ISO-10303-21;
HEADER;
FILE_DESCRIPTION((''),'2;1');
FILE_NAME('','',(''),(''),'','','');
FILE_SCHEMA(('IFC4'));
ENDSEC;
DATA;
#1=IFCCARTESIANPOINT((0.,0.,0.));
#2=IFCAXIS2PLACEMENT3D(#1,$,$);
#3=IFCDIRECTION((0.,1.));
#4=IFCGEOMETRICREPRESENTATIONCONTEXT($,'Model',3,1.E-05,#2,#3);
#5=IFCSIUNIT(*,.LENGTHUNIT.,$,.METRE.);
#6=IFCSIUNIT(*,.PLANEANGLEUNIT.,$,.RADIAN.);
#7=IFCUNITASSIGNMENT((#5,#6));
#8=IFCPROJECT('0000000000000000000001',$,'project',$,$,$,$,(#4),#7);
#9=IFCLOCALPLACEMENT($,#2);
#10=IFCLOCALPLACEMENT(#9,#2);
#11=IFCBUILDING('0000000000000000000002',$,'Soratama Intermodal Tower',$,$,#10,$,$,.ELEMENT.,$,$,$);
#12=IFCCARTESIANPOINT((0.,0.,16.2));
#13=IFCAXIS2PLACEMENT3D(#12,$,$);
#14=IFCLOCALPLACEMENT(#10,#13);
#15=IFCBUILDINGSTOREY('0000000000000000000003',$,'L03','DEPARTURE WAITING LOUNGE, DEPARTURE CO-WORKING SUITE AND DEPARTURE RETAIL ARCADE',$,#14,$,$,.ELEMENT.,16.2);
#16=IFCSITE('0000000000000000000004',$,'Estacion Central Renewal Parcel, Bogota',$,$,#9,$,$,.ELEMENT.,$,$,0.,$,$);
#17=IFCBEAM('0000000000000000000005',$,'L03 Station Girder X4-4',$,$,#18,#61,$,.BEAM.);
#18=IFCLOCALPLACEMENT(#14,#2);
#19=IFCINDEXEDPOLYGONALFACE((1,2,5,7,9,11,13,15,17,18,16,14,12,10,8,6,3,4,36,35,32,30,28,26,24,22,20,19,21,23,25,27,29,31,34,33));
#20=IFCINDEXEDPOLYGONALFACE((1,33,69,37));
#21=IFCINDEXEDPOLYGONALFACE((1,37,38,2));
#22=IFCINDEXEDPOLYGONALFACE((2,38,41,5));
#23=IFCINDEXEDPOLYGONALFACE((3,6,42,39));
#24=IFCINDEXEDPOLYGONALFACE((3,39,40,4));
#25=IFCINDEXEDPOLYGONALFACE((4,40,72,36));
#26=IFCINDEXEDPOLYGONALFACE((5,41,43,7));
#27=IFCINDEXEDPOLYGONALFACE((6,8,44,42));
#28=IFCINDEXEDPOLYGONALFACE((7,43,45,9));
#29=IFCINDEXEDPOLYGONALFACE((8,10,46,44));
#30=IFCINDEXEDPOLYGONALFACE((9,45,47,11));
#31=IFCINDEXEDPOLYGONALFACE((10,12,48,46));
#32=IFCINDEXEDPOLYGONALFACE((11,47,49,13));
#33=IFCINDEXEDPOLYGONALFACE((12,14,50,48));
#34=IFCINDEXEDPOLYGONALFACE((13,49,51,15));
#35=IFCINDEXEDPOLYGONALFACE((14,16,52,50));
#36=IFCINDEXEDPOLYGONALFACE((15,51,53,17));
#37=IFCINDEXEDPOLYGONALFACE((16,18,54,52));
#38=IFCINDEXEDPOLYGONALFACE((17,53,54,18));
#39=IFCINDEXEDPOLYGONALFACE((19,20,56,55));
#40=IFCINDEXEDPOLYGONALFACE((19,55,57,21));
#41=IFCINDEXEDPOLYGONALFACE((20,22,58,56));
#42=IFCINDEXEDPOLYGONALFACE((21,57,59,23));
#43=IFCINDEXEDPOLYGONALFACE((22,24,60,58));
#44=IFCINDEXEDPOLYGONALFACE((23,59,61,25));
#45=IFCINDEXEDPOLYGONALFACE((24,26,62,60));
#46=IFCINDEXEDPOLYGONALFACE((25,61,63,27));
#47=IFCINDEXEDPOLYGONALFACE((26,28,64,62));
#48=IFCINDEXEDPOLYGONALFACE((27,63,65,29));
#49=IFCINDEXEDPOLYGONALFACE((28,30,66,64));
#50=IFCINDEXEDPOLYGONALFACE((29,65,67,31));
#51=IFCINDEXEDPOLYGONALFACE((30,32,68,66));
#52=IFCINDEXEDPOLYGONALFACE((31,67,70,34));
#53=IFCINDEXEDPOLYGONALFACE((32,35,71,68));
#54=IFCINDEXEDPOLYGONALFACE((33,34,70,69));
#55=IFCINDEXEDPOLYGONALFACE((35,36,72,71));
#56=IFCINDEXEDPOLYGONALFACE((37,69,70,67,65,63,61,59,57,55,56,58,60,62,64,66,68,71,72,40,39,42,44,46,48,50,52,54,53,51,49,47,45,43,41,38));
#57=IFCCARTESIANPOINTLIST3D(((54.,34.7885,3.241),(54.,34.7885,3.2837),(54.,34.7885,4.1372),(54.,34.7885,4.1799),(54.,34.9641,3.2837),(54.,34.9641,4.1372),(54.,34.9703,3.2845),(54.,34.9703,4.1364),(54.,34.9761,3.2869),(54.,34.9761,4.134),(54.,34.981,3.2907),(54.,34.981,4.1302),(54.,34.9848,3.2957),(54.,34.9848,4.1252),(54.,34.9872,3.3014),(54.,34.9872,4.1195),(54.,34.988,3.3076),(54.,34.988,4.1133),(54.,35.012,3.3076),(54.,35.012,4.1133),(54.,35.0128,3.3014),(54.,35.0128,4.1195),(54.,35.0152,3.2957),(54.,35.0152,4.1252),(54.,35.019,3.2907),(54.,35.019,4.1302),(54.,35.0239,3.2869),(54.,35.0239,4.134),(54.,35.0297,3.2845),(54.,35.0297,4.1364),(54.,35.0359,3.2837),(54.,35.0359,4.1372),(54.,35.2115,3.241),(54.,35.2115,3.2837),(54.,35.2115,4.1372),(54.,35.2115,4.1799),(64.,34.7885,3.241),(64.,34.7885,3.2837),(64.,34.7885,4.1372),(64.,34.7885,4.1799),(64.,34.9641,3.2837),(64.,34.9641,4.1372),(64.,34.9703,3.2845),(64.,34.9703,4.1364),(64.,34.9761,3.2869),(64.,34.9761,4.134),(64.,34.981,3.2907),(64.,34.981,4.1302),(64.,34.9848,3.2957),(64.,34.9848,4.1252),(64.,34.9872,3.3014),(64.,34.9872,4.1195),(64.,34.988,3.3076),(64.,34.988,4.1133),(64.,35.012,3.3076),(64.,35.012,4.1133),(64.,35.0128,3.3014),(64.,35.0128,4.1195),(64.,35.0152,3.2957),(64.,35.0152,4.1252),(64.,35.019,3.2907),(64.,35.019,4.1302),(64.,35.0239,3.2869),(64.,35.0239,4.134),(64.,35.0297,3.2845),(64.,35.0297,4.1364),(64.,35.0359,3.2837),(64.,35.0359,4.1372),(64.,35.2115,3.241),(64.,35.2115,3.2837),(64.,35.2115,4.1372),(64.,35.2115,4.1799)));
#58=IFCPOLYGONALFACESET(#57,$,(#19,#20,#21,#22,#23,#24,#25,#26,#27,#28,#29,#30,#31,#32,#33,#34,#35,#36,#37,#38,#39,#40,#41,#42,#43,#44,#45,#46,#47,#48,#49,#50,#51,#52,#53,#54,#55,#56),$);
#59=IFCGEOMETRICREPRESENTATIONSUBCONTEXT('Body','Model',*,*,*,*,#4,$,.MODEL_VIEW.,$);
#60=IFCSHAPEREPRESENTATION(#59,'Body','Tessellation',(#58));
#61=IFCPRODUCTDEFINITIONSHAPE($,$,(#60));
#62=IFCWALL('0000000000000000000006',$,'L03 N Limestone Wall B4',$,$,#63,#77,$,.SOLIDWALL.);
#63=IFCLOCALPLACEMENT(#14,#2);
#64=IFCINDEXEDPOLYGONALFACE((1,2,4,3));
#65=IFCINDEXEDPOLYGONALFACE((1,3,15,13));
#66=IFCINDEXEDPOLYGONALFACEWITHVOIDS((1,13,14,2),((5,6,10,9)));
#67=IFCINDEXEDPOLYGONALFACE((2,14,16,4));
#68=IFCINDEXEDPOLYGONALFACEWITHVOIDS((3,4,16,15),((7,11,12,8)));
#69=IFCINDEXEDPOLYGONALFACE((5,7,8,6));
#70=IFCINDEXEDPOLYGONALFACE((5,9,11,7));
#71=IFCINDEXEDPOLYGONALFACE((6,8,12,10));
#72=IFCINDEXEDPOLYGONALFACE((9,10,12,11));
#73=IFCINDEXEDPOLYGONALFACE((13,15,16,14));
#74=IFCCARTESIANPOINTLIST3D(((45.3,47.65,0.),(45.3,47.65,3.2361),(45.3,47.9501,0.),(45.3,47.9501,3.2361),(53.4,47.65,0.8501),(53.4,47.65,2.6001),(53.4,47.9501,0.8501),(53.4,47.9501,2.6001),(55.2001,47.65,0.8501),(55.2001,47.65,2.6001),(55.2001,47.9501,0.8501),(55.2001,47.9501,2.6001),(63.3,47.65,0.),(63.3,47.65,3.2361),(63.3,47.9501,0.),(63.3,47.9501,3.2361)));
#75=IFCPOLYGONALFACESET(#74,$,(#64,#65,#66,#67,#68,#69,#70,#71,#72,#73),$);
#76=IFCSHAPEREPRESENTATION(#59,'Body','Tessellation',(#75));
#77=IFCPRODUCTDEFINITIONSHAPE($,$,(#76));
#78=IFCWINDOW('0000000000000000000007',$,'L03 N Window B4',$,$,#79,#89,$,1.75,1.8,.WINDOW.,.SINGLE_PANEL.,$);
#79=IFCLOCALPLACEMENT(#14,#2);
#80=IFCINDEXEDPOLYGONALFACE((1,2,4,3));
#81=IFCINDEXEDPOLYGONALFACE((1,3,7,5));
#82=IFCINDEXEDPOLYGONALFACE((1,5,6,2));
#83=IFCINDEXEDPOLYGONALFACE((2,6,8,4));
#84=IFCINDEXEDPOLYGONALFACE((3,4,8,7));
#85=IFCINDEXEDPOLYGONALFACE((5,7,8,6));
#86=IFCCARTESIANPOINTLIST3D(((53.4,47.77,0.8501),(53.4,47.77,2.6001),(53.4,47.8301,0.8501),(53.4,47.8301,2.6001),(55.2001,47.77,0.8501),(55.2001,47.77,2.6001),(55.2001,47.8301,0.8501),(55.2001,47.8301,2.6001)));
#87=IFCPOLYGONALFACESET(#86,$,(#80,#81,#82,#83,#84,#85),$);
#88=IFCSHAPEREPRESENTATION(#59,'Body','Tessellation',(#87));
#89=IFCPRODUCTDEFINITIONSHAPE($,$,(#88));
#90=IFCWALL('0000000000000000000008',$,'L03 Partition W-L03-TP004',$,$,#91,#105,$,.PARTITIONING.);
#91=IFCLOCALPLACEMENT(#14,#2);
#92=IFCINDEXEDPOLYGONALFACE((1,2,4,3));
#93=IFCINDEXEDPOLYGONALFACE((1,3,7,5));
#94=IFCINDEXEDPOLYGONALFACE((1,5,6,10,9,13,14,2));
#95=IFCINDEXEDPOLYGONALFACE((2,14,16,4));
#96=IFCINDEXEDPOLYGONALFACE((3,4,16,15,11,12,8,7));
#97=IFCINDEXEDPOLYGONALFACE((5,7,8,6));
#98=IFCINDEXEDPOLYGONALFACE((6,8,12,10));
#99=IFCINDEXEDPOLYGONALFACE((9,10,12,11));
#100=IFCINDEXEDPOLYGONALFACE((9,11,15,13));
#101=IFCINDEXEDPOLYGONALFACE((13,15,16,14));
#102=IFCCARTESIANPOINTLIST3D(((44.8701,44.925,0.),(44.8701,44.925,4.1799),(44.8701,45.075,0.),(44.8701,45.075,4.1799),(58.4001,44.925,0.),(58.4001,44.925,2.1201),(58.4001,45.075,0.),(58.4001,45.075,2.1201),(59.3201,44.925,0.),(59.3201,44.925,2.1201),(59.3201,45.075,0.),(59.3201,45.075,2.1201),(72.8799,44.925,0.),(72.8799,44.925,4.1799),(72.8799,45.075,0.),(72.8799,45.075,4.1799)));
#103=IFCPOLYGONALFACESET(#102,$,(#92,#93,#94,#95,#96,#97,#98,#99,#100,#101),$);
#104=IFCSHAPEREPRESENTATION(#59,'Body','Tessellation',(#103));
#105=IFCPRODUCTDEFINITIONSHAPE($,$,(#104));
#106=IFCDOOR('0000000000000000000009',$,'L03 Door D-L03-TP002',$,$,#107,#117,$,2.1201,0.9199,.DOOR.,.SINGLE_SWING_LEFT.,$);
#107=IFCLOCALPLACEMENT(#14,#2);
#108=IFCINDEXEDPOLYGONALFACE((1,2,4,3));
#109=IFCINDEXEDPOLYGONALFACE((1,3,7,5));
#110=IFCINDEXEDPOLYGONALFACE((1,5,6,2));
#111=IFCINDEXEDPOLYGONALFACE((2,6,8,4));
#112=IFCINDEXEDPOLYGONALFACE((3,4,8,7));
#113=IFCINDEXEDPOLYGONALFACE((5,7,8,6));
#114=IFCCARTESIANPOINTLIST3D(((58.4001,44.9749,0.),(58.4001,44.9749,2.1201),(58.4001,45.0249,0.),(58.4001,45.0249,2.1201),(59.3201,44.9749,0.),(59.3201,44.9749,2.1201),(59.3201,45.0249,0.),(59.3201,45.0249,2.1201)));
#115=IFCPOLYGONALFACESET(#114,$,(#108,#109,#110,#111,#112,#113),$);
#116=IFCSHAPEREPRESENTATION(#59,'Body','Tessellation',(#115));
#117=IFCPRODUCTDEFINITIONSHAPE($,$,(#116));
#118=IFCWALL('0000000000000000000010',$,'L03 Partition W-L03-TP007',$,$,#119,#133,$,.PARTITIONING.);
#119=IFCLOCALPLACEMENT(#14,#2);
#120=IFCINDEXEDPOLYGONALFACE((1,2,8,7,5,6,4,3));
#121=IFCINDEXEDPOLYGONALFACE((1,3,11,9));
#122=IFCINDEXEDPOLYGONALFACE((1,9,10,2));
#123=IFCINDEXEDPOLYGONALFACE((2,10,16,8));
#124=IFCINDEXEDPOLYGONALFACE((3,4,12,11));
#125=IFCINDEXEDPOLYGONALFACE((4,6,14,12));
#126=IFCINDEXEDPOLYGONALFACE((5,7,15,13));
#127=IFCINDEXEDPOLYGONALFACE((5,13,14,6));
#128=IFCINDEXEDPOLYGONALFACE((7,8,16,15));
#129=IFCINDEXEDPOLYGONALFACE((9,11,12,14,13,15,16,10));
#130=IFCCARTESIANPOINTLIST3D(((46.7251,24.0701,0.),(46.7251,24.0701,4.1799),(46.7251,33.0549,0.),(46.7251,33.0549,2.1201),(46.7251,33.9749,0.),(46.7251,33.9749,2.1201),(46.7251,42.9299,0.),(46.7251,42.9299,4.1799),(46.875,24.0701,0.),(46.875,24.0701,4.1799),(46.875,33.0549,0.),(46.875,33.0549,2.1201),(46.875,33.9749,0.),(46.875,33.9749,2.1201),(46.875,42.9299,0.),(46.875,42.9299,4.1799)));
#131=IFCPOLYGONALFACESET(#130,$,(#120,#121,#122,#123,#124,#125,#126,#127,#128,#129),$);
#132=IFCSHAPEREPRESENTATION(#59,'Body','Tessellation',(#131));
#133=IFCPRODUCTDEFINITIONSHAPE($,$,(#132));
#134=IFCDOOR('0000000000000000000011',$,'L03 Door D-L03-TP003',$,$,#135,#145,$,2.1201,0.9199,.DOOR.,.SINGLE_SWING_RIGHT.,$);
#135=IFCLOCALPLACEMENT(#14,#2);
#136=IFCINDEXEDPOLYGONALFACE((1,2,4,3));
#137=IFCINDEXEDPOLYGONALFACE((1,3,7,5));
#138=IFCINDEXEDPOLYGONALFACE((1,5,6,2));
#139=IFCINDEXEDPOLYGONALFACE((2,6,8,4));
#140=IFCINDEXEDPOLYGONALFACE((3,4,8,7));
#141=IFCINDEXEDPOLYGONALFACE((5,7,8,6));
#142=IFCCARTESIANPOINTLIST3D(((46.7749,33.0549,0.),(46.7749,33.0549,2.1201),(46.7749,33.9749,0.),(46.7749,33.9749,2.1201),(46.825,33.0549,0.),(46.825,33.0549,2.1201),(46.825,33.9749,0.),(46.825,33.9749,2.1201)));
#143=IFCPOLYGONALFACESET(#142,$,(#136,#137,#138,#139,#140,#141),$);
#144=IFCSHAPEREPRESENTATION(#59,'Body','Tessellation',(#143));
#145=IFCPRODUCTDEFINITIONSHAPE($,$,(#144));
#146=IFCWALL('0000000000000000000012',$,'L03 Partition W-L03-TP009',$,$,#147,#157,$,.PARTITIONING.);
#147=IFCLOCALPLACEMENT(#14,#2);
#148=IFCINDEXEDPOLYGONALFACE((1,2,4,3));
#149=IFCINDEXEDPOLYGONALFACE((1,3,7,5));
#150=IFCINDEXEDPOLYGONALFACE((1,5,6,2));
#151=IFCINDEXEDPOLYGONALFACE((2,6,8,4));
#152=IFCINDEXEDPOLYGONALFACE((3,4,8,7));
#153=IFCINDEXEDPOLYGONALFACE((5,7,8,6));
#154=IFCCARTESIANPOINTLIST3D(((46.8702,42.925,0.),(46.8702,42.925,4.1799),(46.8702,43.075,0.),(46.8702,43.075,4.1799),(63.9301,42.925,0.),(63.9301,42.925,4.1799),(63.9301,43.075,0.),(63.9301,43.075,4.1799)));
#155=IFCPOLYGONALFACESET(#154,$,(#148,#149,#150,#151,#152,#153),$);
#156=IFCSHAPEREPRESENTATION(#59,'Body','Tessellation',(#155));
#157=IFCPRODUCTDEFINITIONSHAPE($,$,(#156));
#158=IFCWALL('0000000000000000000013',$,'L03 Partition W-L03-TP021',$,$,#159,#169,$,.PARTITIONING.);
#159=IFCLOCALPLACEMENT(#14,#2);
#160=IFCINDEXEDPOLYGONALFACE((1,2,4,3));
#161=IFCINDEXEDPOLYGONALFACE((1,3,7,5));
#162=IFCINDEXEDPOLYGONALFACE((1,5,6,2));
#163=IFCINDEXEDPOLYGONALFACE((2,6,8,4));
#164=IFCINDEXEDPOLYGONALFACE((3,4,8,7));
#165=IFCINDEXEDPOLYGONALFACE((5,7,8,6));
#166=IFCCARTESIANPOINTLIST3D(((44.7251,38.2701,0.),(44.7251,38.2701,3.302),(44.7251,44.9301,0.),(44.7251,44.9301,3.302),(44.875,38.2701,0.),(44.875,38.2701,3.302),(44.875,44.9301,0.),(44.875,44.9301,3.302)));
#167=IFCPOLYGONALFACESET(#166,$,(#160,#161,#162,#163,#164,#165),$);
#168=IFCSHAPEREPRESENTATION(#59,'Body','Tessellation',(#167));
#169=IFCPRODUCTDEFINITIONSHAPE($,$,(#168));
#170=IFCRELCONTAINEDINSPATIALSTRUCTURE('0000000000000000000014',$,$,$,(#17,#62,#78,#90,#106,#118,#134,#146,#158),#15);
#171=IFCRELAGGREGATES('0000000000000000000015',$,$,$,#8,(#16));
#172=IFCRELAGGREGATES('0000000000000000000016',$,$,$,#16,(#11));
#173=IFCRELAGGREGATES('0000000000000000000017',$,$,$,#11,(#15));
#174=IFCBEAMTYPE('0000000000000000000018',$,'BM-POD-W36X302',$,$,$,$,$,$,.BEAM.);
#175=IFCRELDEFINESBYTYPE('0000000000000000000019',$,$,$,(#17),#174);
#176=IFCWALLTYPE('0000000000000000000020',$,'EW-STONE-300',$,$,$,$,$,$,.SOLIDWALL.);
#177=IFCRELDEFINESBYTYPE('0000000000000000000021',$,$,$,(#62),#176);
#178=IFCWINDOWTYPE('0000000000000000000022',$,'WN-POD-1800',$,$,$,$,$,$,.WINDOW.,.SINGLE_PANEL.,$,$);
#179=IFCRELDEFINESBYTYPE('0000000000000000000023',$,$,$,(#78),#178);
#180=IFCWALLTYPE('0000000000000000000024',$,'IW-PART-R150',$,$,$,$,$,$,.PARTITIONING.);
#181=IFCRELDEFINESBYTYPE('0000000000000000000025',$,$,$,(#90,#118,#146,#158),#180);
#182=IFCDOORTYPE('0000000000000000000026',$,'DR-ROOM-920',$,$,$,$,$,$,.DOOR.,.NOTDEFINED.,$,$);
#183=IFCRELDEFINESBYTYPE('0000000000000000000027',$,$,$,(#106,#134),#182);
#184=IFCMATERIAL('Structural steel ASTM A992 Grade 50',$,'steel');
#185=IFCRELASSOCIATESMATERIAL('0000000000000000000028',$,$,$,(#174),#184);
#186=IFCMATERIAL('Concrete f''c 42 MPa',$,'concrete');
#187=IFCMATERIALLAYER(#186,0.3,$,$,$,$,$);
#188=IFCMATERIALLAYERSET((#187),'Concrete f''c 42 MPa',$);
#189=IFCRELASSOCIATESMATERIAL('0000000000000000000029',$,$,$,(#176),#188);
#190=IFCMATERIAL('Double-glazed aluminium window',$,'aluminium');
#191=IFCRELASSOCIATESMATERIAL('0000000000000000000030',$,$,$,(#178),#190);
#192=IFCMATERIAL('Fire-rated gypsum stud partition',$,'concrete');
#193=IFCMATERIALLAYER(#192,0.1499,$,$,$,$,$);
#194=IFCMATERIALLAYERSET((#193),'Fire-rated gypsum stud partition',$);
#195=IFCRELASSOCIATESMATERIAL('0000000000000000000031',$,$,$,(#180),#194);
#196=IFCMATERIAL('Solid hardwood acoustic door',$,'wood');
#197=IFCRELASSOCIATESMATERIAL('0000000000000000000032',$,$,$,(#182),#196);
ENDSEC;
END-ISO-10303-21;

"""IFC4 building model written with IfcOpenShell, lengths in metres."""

from ifc_helpers import new_model, si_unit, direction, frame, frame_2d, origin, origin_2d, place, context, subcontext, project, spatial, rectangle, i_section, extrude, material, layer, layer_set, material_profile, profile_set, type_object, element, fill, save


model = new_model("IFC4")

# Units and contexts
model_context = context("Model", 3, precision=1e-05, world=origin(), true_north=direction((0.0, 1.0)))
body_context = subcontext(model_context, "Body", "Model", "MODEL_VIEW")
ifc_project = project(units=[si_unit("LENGTHUNIT", "METRE"), si_unit("PLANEANGLEUNIT", "RADIAN")], contexts=[model_context])

# Site, building, storey
site_placement = place(None, origin())
site = spatial("IfcSite", under=ifc_project, at=site_placement, Name="Estacion Central Renewal Parcel, Bogota", CompositionType="ELEMENT", RefElevation=0.0)
building_placement = place(site_placement, origin())
building = spatial("IfcBuilding", under=site, at=building_placement, Name="Soratama Intermodal Tower", CompositionType="ELEMENT")
storey_placement = place(building_placement, frame((0.0, 0.0, 16.2)))
storey = spatial("IfcBuildingStorey", under=building, at=storey_placement, Name="L03", Description="DEPARTURE WAITING LOUNGE, DEPARTURE CO-WORKING SUITE AND DEPARTURE RETAIL ARCADE", CompositionType="ELEMENT", Elevation=16.2)

# Beam
ifc_material_1 = material(Name="Structural steel ASTM A992 Grade 50", Category="steel")
ifc_material_profile_1 = material_profile(ifc_material_1, i_section(OverallWidth=0.4231, OverallDepth=0.939, WebThickness=0.0239, FlangeThickness=0.0427, FilletRadius=0.0239, at=origin_2d()), Name="W36X302")
ifc_profile_set_1 = profile_set([ifc_material_profile_1], Name="Structural steel ASTM A992 Grade 50")
beam_type_1 = type_object("IfcBeamType", Name="BM-POD-W36X302", PredefinedType="BEAM", material=ifc_profile_set_1)
beam_1_placement = place(storey_placement, frame((54.0, 35.0, 3.7104), z_axis=(1.0, 0.0, 0.0), x_axis=(0.0, 1.0, 0.0)))
element("IfcBeam", 1, at=beam_1_placement, inside=storey, type_object=beam_type_1, Name="L03 Station Girder X4-4", PredefinedType="BEAM", context=body_context, shape_type="SweptSolid", body=[
    extrude(i_section(OverallWidth=0.4231, OverallDepth=0.939, WebThickness=0.0239, FlangeThickness=0.0427, FilletRadius=0.0239, at=origin_2d()), origin(), (0.0, 0.0, 1.0), 10.0),
])

# Wall, opening, window
ifc_material_2 = material(Name="Concrete f'c 42 MPa", Category="concrete")
ifc_layer_1 = layer(ifc_material_2, 0.3)
ifc_layer_set_1 = layer_set([ifc_layer_1], Name="Concrete f'c 42 MPa")
wall_type_1 = type_object("IfcWallType", Name="EW-STONE-300", PredefinedType="SOLIDWALL", material=ifc_layer_set_1)
wall_1_placement = place(storey_placement, frame((45.3, 47.8, 0.0), z_axis=(0.0, 0.0, 1.0), x_axis=(1.0, 0.0, 0.0)))
wall_1 = element("IfcWall", 2, at=wall_1_placement, inside=storey, type_object=wall_type_1, Name="L03 N Limestone Wall B4", PredefinedType="SOLIDWALL", context=body_context, shape_type="SweptSolid", body=[
    extrude(rectangle(XDim=18.0, YDim=0.3, at=frame_2d((9.0, 0.0))), origin(), (0.0, 0.0, 1.0), 3.2361),
])
opening_1_placement = place(wall_1_placement, frame((8.1001, 0.0, 0.8501)))
opening_1 = element("IfcOpeningElement", 3, at=opening_1_placement, cuts=wall_1, PredefinedType="OPENING", context=body_context, shape_type="SweptSolid", body=[
    extrude(rectangle(XDim=1.8, YDim=1.75, at=frame_2d((0.8999, 0.875))), frame((0.0, 0.1599, 0.0), z_axis=(0.0, -1.0, 0.0), x_axis=(1.0, 0.0, 0.0)), (0.0, 0.0, 1.0), 0.3201),
])
ifc_material_3 = material(Name="Double-glazed aluminium window", Category="aluminium")
window_type = type_object("IfcWindowType", Name="WN-POD-1800", PartitioningType="SINGLE_PANEL", PredefinedType="WINDOW", material=ifc_material_3)
window_placement = place(opening_1_placement, origin())
window = element("IfcWindow", 4, at=window_placement, inside=storey, type_object=window_type, Name="L03 N Window B4", OverallHeight=1.75, OverallWidth=1.8, PartitioningType="SINGLE_PANEL", PredefinedType="WINDOW", context=body_context, shape_type="SweptSolid", body=[
    extrude(rectangle(XDim=1.8, YDim=1.75, at=frame_2d((0.8999, 0.875))), frame((0.0, 0.03, 0.0), z_axis=(0.0, -1.0, 0.0), x_axis=(1.0, 0.0, 0.0)), (0.0, 0.0, 1.0), 0.0601),
])
fill(opening_1, window)

# Walls, openings, doors
ifc_material_4 = material(Name="Fire-rated gypsum stud partition", Category="concrete")
ifc_layer_2 = layer(ifc_material_4, 0.1499)
ifc_layer_set_2 = layer_set([ifc_layer_2], Name="Fire-rated gypsum stud partition")
wall_type_2 = type_object("IfcWallType", Name="IW-PART-R150", PredefinedType="PARTITIONING", material=ifc_layer_set_2)
wall_2_placement = place(storey_placement, frame((44.8701, 45.0, 0.0), z_axis=(0.0, 0.0, 1.0), x_axis=(1.0, 0.0, 0.0)))
wall_2 = element("IfcWall", 5, at=wall_2_placement, inside=storey, type_object=wall_type_2, Name="L03 Partition W-L03-TP004", PredefinedType="PARTITIONING", context=body_context, shape_type="SweptSolid", body=[
    extrude(rectangle(XDim=28.0098, YDim=0.1499, at=frame_2d((14.0049, 0.0))), origin(), (0.0, 0.0, 1.0), 4.1799),
])
opening_2_placement = place(wall_2_placement, frame((13.53, 0.0, 0.0)))
opening_2 = element("IfcOpeningElement", 6, at=opening_2_placement, cuts=wall_2, PredefinedType="OPENING", context=body_context, shape_type="SweptSolid", body=[
    extrude(rectangle(XDim=0.9199, YDim=2.1201, at=frame_2d((0.46, 1.0601))), frame((0.0, 0.085, 0.0), z_axis=(0.0, -1.0, 0.0), x_axis=(1.0, 0.0, 0.0)), (0.0, 0.0, 1.0), 0.1699),
])
ifc_material_5 = material(Name="Solid hardwood acoustic door", Category="wood")
door_type = type_object("IfcDoorType", Name="DR-ROOM-920", OperationType="NOTDEFINED", PredefinedType="DOOR", material=ifc_material_5)
door_1_placement = place(opening_2_placement, origin())
door_1 = element("IfcDoor", 7, at=door_1_placement, inside=storey, type_object=door_type, Name="L03 Door D-L03-TP002", OperationType="SINGLE_SWING_LEFT", OverallHeight=2.1201, OverallWidth=0.9199, PredefinedType="DOOR", context=body_context, shape_type="SweptSolid", body=[
    extrude(rectangle(XDim=0.9199, YDim=2.1201, at=frame_2d((0.46, 1.0601))), frame((0.0, 0.0249, 0.0), z_axis=(0.0, -1.0, 0.0), x_axis=(1.0, 0.0, 0.0)), (0.0, 0.0, 1.0), 0.05),
])
fill(opening_2, door_1)
wall_3_placement = place(storey_placement, frame((46.8, 42.9299, 0.0), z_axis=(0.0, 0.0, 1.0), x_axis=(0.0, -1.0, 0.0)))
wall_3 = element("IfcWall", 8, at=wall_3_placement, inside=storey, type_object=wall_type_2, Name="L03 Partition W-L03-TP007", PredefinedType="PARTITIONING", context=body_context, shape_type="SweptSolid", body=[
    extrude(rectangle(XDim=18.8599, YDim=0.1499, at=frame_2d((9.4299, 0.0))), origin(), (0.0, 0.0, 1.0), 4.1799),
])
opening_3_placement = place(wall_3_placement, frame((8.9551, 0.0, 0.0)))
opening_3 = element("IfcOpeningElement", 9, at=opening_3_placement, cuts=wall_3, PredefinedType="OPENING", context=body_context, shape_type="SweptSolid", body=[
    extrude(rectangle(XDim=0.9199, YDim=2.1201, at=frame_2d((0.46, 1.0601))), frame((0.0, 0.085, 0.0), z_axis=(0.0, -1.0, 0.0), x_axis=(1.0, 0.0, 0.0)), (0.0, 0.0, 1.0), 0.1699),
])
door_2_placement = place(opening_3_placement, origin())
door_2 = element("IfcDoor", 10, at=door_2_placement, inside=storey, type_object=door_type, Name="L03 Door D-L03-TP003", OperationType="SINGLE_SWING_RIGHT", OverallHeight=2.1201, OverallWidth=0.9199, PredefinedType="DOOR", context=body_context, shape_type="SweptSolid", body=[
    extrude(rectangle(XDim=0.9199, YDim=2.1201, at=frame_2d((0.46, 1.0601))), frame((0.0, 0.0249, 0.0), z_axis=(0.0, -1.0, 0.0), x_axis=(1.0, 0.0, 0.0)), (0.0, 0.0, 1.0), 0.05),
])
fill(opening_3, door_2)

# Walls
wall_4_placement = place(storey_placement, frame((63.9299, 43.0, 0.0), z_axis=(0.0, 0.0, 1.0), x_axis=(-1.0, 0.0, 0.0)))
element("IfcWall", 11, at=wall_4_placement, inside=storey, type_object=wall_type_2, Name="L03 Partition W-L03-TP009", PredefinedType="PARTITIONING", context=body_context, shape_type="SweptSolid", body=[
    extrude(rectangle(XDim=17.0598, YDim=0.1499, at=frame_2d((8.5298, 0.0))), origin(), (0.0, 0.0, 1.0), 4.1799),
])
wall_5_placement = place(storey_placement, frame((44.8, 38.27, 0.0), z_axis=(0.0, 0.0, 1.0), x_axis=(0.0, 1.0, 0.0)))
element("IfcWall", 12, at=wall_5_placement, inside=storey, type_object=wall_type_2, Name="L03 Partition W-L03-TP021", PredefinedType="PARTITIONING", context=body_context, shape_type="SweptSolid", body=[
    extrude(rectangle(XDim=6.6599, YDim=0.1499, at=frame_2d((3.3301, 0.0))), origin(), (0.0, 0.0, 1.0), 3.302),
])

save(model, "model.ifc")
